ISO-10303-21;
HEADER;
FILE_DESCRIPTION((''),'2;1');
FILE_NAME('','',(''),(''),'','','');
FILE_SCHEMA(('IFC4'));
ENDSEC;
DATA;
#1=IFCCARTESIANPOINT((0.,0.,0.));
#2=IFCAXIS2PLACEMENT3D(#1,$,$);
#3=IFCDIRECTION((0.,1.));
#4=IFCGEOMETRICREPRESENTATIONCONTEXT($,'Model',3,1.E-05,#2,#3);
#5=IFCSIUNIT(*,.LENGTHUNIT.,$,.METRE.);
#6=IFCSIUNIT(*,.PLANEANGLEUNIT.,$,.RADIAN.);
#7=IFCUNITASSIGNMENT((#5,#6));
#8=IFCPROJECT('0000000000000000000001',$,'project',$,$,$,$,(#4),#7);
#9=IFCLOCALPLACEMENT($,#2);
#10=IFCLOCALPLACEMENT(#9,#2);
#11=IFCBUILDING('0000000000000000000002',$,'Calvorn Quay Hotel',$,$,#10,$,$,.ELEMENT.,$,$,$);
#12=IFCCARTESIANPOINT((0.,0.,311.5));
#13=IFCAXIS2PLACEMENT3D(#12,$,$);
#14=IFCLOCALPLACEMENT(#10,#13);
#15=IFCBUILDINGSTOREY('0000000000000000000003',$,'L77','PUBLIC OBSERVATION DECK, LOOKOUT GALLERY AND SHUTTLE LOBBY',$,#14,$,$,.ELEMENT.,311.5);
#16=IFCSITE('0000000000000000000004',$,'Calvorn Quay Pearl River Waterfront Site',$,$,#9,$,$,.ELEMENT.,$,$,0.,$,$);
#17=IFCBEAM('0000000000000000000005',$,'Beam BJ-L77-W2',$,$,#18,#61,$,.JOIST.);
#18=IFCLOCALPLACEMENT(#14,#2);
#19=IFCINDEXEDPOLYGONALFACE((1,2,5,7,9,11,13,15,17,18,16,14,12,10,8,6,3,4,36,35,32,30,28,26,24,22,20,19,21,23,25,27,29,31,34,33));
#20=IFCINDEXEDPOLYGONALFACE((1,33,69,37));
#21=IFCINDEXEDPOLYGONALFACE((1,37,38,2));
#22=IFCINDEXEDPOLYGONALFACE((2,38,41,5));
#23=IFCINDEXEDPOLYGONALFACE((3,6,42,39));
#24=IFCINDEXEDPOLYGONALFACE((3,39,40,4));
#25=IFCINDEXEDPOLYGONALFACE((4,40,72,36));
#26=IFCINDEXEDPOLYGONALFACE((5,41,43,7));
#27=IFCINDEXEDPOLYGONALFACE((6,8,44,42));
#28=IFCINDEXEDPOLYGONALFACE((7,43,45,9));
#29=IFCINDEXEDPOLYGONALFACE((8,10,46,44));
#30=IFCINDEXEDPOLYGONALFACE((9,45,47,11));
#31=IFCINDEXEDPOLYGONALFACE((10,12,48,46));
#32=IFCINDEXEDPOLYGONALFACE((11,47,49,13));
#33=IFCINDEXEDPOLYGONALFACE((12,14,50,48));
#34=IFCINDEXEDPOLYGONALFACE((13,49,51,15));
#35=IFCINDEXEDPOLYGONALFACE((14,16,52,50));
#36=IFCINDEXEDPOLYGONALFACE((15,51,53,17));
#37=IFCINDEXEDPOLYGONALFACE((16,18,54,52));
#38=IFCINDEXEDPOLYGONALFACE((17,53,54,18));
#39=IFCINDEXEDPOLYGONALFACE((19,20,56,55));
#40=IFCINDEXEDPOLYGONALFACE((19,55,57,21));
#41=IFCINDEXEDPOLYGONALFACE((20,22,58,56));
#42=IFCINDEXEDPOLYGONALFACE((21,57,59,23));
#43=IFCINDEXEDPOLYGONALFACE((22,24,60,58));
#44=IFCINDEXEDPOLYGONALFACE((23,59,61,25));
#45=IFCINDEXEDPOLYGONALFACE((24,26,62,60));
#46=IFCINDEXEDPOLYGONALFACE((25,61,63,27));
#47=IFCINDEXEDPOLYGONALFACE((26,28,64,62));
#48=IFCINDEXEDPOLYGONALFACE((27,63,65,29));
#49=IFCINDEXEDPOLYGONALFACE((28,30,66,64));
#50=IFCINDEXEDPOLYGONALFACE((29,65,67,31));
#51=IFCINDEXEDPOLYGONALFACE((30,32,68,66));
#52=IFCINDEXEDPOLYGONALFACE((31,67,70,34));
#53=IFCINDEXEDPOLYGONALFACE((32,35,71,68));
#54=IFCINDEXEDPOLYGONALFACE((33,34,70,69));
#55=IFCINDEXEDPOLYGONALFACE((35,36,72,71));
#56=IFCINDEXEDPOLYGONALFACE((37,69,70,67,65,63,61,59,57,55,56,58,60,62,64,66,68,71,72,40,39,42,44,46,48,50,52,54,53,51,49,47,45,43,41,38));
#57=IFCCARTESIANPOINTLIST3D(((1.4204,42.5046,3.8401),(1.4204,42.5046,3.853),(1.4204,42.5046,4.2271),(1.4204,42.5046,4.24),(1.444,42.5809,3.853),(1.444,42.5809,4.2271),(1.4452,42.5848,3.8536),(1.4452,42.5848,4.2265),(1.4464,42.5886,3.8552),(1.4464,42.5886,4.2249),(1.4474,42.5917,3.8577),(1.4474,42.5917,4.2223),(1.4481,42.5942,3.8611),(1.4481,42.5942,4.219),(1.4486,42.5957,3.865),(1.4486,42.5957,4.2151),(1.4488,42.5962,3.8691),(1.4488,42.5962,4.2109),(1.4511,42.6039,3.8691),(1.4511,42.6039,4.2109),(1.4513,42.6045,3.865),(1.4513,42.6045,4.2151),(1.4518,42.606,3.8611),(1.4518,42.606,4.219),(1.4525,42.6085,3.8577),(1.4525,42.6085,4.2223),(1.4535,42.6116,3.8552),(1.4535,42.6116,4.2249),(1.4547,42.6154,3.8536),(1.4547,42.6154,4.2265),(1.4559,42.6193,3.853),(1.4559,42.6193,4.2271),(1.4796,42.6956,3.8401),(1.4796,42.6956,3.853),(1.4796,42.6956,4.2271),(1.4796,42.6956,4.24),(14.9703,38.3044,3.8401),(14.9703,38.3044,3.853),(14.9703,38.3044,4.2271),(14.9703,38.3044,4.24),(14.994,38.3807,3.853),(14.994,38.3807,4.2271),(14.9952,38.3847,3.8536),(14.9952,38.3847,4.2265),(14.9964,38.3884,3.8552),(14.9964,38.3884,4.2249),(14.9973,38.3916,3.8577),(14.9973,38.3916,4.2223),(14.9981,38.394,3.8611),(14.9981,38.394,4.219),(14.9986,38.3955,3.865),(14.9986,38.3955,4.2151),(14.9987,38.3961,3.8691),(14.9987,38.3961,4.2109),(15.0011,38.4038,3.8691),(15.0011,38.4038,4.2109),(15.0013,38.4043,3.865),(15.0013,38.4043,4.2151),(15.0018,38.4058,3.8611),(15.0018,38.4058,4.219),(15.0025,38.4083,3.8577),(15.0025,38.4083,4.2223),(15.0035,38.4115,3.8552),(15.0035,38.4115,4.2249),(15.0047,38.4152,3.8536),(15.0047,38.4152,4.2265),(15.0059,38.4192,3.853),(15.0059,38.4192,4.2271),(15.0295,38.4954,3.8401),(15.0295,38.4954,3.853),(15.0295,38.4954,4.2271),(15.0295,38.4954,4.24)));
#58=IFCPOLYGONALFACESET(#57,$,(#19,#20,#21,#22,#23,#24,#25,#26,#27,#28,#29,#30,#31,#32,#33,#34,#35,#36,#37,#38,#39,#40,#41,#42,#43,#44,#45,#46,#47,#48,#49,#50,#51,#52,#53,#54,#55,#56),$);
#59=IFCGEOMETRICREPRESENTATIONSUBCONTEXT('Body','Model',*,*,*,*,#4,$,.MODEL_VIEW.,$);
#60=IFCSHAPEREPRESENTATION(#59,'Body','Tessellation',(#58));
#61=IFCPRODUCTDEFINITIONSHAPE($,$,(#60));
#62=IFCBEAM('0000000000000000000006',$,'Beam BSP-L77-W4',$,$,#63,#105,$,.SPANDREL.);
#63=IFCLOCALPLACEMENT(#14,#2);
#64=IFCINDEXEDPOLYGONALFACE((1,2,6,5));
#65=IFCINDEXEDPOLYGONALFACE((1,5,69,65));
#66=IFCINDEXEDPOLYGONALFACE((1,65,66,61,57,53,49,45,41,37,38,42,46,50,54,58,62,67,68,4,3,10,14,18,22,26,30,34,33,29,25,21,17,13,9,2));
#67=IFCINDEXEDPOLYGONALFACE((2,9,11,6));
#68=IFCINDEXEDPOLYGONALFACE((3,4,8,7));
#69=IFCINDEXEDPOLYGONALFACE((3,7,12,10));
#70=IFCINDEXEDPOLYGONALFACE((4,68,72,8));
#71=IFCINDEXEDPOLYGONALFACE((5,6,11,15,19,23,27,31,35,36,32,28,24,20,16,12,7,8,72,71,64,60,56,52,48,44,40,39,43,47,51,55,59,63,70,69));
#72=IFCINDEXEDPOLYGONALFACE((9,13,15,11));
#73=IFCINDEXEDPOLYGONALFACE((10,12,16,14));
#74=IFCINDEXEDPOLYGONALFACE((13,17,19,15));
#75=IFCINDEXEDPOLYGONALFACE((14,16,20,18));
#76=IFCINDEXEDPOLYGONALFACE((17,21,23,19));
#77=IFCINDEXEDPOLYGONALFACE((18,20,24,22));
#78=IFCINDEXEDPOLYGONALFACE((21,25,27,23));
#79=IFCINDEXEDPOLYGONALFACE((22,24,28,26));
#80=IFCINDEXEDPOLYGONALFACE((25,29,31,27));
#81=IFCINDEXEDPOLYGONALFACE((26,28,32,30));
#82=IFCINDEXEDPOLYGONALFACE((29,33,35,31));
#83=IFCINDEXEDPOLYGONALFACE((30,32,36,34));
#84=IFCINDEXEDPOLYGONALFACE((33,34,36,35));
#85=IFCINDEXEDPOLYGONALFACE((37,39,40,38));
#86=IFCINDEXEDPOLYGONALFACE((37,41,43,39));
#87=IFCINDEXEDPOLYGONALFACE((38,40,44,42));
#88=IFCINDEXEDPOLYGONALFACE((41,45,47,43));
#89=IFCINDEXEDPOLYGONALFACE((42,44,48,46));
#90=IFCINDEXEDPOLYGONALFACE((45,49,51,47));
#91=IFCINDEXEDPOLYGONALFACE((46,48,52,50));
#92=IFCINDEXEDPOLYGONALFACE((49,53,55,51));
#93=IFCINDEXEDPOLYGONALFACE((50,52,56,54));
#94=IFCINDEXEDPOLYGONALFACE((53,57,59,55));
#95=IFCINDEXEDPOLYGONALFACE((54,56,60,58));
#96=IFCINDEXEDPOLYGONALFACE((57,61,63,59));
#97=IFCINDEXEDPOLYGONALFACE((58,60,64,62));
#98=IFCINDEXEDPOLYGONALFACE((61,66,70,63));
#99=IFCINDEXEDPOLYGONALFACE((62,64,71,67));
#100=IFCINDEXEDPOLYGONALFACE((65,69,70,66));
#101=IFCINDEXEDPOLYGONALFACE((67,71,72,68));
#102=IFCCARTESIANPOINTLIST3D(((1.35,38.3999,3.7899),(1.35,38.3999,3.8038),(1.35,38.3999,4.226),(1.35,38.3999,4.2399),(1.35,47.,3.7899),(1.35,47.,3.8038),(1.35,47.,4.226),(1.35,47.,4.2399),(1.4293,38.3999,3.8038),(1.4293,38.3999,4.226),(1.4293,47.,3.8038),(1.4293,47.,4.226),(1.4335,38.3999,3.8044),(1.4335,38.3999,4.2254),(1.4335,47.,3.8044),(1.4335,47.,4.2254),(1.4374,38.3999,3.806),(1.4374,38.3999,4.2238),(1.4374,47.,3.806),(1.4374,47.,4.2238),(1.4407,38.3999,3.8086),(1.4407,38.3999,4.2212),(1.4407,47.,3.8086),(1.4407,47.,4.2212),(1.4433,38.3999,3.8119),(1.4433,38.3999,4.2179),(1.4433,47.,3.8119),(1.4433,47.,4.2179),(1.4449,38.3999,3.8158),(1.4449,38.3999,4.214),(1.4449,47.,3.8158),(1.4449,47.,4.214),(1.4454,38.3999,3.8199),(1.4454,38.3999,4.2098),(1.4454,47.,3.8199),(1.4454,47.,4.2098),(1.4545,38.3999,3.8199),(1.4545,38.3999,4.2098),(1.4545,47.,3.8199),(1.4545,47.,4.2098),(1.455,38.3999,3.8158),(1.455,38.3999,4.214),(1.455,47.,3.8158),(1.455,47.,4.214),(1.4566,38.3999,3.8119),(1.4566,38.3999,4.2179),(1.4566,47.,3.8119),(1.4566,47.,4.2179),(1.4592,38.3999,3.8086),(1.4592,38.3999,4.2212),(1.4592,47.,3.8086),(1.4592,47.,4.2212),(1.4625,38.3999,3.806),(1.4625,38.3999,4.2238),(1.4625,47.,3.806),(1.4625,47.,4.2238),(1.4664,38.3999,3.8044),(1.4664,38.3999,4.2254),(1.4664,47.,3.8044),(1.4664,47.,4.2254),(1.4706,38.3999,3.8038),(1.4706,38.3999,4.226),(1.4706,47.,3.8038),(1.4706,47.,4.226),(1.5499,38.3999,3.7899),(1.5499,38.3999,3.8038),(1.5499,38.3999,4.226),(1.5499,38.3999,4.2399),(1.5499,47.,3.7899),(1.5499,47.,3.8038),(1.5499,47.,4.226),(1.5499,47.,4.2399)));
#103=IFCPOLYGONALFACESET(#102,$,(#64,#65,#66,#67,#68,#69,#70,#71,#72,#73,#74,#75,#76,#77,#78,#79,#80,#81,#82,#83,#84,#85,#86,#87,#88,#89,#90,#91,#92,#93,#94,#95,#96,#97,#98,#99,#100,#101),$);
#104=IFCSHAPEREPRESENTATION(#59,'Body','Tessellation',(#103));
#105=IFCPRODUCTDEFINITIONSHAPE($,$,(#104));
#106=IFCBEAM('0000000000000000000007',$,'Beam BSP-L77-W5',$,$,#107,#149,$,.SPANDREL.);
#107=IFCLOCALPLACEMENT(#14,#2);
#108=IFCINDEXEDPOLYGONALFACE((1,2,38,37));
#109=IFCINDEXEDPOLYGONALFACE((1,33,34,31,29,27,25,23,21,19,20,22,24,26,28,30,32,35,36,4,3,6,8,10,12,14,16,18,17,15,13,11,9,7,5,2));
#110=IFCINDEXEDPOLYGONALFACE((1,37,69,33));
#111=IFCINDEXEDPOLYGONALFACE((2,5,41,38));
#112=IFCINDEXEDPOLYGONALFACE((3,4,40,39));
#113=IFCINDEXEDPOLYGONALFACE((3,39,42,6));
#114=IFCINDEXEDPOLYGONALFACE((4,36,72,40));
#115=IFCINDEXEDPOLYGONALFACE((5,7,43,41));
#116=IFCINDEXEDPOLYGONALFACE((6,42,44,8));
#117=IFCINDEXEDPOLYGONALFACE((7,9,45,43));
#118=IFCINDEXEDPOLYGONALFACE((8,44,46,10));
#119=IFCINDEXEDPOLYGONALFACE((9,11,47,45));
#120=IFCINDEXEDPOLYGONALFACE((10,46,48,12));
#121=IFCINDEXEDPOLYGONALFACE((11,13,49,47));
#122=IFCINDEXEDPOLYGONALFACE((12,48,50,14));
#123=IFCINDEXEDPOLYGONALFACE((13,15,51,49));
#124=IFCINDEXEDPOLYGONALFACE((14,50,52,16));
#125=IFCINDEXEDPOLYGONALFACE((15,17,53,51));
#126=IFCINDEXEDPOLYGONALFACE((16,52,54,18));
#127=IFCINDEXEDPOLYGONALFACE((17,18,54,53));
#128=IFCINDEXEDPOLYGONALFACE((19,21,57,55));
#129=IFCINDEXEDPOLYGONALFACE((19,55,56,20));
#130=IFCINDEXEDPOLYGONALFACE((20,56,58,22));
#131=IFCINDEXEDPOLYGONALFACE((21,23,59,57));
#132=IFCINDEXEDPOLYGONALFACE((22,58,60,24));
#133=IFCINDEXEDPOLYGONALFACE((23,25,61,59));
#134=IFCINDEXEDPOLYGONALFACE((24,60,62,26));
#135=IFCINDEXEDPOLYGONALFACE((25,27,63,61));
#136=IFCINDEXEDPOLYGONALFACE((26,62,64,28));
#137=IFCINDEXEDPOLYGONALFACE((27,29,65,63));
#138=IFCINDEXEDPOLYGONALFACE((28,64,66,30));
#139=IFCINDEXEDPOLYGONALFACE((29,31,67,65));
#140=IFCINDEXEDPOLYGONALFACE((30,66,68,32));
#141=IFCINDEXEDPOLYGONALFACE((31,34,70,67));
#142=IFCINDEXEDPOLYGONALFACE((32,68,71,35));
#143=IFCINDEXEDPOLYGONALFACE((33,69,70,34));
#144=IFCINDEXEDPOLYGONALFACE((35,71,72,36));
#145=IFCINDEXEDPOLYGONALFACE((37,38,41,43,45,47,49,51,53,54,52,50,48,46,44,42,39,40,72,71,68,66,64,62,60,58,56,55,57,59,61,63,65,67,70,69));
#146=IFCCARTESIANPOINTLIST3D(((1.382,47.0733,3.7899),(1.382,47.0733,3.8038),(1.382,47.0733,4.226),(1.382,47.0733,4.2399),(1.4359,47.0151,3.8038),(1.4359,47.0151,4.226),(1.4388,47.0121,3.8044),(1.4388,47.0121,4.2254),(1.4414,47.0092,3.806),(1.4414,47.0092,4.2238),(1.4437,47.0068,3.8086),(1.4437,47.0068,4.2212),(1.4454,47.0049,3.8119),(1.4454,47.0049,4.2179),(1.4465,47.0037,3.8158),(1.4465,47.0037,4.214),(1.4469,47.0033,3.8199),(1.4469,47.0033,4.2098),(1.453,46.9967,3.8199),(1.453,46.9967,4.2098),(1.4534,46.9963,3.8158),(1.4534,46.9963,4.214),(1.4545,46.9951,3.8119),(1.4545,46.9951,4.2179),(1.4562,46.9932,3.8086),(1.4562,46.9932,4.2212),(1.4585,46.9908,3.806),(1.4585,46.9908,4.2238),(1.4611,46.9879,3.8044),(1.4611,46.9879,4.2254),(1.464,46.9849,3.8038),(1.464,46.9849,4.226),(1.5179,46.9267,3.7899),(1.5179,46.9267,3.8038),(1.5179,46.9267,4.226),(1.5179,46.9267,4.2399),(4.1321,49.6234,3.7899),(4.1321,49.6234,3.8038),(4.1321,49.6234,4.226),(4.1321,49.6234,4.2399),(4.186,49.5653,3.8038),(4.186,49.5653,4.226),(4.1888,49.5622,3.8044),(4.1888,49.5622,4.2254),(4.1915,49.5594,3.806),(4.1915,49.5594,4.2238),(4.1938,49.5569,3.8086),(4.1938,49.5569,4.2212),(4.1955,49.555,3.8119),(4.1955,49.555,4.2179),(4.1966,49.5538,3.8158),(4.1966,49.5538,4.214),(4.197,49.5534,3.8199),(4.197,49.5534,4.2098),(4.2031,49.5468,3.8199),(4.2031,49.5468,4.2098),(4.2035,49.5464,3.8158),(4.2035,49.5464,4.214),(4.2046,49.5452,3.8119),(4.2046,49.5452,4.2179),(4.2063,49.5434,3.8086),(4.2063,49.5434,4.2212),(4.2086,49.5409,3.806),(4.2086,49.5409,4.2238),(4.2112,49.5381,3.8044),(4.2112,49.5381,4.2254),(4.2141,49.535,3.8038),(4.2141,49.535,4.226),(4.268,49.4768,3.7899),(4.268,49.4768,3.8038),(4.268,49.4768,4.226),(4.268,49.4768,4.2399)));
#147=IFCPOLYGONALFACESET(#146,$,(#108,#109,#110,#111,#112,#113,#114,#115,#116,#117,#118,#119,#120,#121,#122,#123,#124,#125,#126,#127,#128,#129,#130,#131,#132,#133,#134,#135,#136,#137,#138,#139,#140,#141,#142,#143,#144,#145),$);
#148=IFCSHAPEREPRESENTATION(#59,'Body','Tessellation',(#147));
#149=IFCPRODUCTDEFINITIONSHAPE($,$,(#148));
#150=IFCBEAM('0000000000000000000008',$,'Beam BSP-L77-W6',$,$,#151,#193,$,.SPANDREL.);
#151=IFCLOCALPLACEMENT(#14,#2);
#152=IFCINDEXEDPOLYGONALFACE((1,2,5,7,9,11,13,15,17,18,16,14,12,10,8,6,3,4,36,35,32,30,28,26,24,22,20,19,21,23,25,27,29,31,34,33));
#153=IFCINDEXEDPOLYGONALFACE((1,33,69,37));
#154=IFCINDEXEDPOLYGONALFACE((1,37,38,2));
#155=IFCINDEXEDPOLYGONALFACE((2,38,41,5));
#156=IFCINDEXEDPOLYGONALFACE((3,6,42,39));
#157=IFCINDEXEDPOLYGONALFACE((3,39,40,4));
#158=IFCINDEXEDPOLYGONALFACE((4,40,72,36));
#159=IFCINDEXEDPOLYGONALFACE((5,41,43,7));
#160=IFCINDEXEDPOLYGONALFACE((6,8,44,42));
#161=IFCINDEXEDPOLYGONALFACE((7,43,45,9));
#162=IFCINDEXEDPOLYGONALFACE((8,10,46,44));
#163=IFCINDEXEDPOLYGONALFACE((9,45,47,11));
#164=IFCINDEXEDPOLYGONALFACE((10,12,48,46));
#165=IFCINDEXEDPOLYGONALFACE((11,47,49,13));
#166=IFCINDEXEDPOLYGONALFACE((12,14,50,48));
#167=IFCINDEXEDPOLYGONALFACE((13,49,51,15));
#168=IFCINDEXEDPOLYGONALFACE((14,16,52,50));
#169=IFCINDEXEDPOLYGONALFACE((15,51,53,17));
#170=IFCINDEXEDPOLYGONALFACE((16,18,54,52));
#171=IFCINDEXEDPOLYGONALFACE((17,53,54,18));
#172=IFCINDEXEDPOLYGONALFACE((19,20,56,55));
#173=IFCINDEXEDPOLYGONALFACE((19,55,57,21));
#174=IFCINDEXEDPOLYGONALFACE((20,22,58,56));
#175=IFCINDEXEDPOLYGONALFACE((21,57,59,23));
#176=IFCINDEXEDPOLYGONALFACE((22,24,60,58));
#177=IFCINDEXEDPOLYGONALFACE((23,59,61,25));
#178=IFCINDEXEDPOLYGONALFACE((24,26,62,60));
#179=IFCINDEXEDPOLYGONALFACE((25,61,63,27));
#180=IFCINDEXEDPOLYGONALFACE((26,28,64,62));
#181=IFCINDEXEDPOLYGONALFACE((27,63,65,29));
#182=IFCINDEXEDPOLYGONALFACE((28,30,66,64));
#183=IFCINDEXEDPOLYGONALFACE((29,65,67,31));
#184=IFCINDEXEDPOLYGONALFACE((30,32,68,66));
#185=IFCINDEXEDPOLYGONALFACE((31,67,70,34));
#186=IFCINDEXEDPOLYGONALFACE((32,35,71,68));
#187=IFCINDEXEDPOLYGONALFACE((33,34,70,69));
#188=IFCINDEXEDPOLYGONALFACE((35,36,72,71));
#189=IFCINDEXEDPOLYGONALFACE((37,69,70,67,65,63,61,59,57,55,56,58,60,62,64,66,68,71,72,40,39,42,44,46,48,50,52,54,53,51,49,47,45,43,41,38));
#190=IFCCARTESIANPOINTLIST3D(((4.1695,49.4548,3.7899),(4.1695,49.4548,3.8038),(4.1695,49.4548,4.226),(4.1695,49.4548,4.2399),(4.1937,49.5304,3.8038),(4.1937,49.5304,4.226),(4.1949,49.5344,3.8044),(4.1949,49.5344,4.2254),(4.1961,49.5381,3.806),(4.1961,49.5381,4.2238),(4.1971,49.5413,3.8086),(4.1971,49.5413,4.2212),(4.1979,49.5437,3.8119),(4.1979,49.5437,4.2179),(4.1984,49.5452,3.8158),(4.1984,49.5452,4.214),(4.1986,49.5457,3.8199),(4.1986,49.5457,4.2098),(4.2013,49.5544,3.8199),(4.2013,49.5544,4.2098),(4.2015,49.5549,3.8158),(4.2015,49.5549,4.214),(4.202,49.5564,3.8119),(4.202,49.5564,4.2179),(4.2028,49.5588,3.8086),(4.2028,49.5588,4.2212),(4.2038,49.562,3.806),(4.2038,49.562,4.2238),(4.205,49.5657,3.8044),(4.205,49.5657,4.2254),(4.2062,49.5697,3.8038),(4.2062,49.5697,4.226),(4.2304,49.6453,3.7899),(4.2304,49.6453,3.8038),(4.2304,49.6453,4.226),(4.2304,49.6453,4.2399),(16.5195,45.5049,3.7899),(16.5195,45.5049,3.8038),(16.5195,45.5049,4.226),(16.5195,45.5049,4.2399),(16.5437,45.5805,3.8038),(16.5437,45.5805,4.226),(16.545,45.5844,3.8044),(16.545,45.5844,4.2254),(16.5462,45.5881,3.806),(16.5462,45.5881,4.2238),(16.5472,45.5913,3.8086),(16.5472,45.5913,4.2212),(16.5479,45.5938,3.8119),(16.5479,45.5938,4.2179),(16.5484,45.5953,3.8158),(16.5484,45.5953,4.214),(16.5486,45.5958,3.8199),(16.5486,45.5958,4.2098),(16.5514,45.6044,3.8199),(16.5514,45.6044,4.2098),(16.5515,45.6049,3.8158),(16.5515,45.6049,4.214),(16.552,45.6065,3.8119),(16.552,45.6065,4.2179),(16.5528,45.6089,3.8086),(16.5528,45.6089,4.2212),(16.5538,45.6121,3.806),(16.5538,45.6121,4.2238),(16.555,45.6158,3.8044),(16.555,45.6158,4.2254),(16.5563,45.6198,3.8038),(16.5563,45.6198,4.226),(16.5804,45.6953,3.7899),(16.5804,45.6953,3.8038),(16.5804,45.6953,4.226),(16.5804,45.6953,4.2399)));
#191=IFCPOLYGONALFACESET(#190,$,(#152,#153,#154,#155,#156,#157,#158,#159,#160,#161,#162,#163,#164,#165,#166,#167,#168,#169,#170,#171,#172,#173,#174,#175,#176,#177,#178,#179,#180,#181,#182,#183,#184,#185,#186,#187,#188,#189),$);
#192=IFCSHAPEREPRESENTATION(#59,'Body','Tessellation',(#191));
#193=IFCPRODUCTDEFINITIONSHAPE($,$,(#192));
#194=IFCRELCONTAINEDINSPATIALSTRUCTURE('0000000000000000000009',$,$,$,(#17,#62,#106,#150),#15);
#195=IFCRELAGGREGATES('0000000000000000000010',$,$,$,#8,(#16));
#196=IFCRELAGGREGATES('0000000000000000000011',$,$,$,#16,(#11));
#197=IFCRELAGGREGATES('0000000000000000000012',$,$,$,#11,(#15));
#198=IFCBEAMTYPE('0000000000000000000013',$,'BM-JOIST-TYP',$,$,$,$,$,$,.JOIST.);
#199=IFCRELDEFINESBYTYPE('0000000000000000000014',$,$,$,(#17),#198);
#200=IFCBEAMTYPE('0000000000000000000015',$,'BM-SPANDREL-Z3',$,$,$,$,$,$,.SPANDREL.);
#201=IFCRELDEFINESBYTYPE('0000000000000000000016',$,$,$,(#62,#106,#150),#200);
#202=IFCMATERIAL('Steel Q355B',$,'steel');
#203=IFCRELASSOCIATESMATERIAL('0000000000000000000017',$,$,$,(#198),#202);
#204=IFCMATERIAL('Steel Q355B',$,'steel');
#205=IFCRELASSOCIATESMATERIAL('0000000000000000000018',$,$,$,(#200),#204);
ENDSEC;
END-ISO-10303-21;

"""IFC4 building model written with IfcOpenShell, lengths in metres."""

from ifc_helpers import new_model, si_unit, direction, frame, origin, origin_2d, place, context, subcontext, project, spatial, i_section, extrude, material, material_profile, profile_set, type_object, element, save


model = new_model("IFC4")

# Units and contexts
model_context = context("Model", 3, precision=1e-05, world=origin(), true_north=direction((0.0, 1.0)))
body_context = subcontext(model_context, "Body", "Model", "MODEL_VIEW")
ifc_project = project(units=[si_unit("LENGTHUNIT", "METRE"), si_unit("PLANEANGLEUNIT", "RADIAN")], contexts=[model_context])

# Site, building, storey
site_placement = place(None, origin())
site = spatial("IfcSite", under=ifc_project, at=site_placement, Name="Calvorn Quay Pearl River Waterfront Site", CompositionType="ELEMENT", RefElevation=0.0)
building_placement = place(site_placement, origin())
building = spatial("IfcBuilding", under=site, at=building_placement, Name="Calvorn Quay Hotel", CompositionType="ELEMENT")
storey_placement = place(building_placement, frame((0.0, 0.0, 311.5)))
storey = spatial("IfcBuildingStorey", under=building, at=storey_placement, Name="L77", Description="PUBLIC OBSERVATION DECK, LOOKOUT GALLERY AND SHUTTLE LOBBY", CompositionType="ELEMENT", Elevation=311.5)

# Beams
ifc_material_1 = material(Name="Steel Q355B", Category="steel")
ifc_material_profile_1 = material_profile(ifc_material_1, i_section(OverallWidth=0.2, OverallDepth=0.3999, WebThickness=0.0081, FlangeThickness=0.0129, FilletRadius=0.0161, at=origin_2d()), Name="HN400x200x8x13")
ifc_profile_set_1 = profile_set([ifc_material_profile_1], Name="Steel Q355B")
beam_type_1 = type_object("IfcBeamType", Name="BM-JOIST-TYP", PredefinedType="JOIST", material=ifc_profile_set_1)
beam_1_placement = place(storey_placement, frame((1.45, 42.6001, 4.04), z_axis=(0.955164, -0.296078, 0.0), x_axis=(0.296078, 0.955164, 0.0)))
element("IfcBeam", 1, at=beam_1_placement, inside=storey, type_object=beam_type_1, Name="Beam BJ-L77-W2", PredefinedType="JOIST", context=body_context, shape_type="SweptSolid", body=[
    extrude(i_section(OverallWidth=0.2, OverallDepth=0.3999, WebThickness=0.0081, FlangeThickness=0.0129, FilletRadius=0.0161, at=origin_2d()), origin(), (0.0, 0.0, 1.0), 14.186),
])
ifc_material_2 = material(Name="Steel Q355B", Category="steel")
ifc_material_profile_2 = material_profile(ifc_material_2, i_section(OverallWidth=0.2, OverallDepth=0.45, WebThickness=0.009, FlangeThickness=0.0139, FilletRadius=0.0161, at=origin_2d()), Name="HN450x200x9x14")
ifc_profile_set_2 = profile_set([ifc_material_profile_2], Name="Steel Q355B")
beam_type_2 = type_object("IfcBeamType", Name="BM-SPANDREL-Z3", PredefinedType="SPANDREL", material=ifc_profile_set_2)
beam_2_placement = place(storey_placement, frame((1.45, 38.3999, 4.0149), z_axis=(0.0, 1.0, 0.0), x_axis=(-1.0, 0.0, 0.0)))
element("IfcBeam", 2, at=beam_2_placement, inside=storey, type_object=beam_type_2, Name="Beam BSP-L77-W4", PredefinedType="SPANDREL", context=body_context, shape_type="SweptSolid", body=[
    extrude(i_section(OverallWidth=0.2, OverallDepth=0.45, WebThickness=0.009, FlangeThickness=0.0139, FilletRadius=0.0161, at=origin_2d()), origin(), (0.0, 0.0, 1.0), 8.6001),
])
beam_3_placement = place(storey_placement, frame((1.45, 47.0, 4.0149), z_axis=(0.733262, 0.679947, 0.0), x_axis=(-0.679947, 0.733262, 0.0)))
element("IfcBeam", 3, at=beam_3_placement, inside=storey, type_object=beam_type_2, Name="Beam BSP-L77-W5", PredefinedType="SPANDREL", context=body_context, shape_type="SweptSolid", body=[
    extrude(i_section(OverallWidth=0.2, OverallDepth=0.45, WebThickness=0.009, FlangeThickness=0.0139, FilletRadius=0.0161, at=origin_2d()), origin(), (0.0, 0.0, 1.0), 3.7505),
])
beam_4_placement = place(storey_placement, frame((4.2, 49.55, 4.0149), z_axis=(0.952471, -0.30463, 0.0), x_axis=(0.30463, 0.952471, 0.0)))
element("IfcBeam", 4, at=beam_4_placement, inside=storey, type_object=beam_type_2, Name="Beam BSP-L77-W6", PredefinedType="SPANDREL", context=body_context, shape_type="SweptSolid", body=[
    extrude(i_section(OverallWidth=0.2, OverallDepth=0.45, WebThickness=0.009, FlangeThickness=0.0139, FilletRadius=0.0161, at=origin_2d()), origin(), (0.0, 0.0, 1.0), 12.9663),
])

save(model, "model.ifc")
